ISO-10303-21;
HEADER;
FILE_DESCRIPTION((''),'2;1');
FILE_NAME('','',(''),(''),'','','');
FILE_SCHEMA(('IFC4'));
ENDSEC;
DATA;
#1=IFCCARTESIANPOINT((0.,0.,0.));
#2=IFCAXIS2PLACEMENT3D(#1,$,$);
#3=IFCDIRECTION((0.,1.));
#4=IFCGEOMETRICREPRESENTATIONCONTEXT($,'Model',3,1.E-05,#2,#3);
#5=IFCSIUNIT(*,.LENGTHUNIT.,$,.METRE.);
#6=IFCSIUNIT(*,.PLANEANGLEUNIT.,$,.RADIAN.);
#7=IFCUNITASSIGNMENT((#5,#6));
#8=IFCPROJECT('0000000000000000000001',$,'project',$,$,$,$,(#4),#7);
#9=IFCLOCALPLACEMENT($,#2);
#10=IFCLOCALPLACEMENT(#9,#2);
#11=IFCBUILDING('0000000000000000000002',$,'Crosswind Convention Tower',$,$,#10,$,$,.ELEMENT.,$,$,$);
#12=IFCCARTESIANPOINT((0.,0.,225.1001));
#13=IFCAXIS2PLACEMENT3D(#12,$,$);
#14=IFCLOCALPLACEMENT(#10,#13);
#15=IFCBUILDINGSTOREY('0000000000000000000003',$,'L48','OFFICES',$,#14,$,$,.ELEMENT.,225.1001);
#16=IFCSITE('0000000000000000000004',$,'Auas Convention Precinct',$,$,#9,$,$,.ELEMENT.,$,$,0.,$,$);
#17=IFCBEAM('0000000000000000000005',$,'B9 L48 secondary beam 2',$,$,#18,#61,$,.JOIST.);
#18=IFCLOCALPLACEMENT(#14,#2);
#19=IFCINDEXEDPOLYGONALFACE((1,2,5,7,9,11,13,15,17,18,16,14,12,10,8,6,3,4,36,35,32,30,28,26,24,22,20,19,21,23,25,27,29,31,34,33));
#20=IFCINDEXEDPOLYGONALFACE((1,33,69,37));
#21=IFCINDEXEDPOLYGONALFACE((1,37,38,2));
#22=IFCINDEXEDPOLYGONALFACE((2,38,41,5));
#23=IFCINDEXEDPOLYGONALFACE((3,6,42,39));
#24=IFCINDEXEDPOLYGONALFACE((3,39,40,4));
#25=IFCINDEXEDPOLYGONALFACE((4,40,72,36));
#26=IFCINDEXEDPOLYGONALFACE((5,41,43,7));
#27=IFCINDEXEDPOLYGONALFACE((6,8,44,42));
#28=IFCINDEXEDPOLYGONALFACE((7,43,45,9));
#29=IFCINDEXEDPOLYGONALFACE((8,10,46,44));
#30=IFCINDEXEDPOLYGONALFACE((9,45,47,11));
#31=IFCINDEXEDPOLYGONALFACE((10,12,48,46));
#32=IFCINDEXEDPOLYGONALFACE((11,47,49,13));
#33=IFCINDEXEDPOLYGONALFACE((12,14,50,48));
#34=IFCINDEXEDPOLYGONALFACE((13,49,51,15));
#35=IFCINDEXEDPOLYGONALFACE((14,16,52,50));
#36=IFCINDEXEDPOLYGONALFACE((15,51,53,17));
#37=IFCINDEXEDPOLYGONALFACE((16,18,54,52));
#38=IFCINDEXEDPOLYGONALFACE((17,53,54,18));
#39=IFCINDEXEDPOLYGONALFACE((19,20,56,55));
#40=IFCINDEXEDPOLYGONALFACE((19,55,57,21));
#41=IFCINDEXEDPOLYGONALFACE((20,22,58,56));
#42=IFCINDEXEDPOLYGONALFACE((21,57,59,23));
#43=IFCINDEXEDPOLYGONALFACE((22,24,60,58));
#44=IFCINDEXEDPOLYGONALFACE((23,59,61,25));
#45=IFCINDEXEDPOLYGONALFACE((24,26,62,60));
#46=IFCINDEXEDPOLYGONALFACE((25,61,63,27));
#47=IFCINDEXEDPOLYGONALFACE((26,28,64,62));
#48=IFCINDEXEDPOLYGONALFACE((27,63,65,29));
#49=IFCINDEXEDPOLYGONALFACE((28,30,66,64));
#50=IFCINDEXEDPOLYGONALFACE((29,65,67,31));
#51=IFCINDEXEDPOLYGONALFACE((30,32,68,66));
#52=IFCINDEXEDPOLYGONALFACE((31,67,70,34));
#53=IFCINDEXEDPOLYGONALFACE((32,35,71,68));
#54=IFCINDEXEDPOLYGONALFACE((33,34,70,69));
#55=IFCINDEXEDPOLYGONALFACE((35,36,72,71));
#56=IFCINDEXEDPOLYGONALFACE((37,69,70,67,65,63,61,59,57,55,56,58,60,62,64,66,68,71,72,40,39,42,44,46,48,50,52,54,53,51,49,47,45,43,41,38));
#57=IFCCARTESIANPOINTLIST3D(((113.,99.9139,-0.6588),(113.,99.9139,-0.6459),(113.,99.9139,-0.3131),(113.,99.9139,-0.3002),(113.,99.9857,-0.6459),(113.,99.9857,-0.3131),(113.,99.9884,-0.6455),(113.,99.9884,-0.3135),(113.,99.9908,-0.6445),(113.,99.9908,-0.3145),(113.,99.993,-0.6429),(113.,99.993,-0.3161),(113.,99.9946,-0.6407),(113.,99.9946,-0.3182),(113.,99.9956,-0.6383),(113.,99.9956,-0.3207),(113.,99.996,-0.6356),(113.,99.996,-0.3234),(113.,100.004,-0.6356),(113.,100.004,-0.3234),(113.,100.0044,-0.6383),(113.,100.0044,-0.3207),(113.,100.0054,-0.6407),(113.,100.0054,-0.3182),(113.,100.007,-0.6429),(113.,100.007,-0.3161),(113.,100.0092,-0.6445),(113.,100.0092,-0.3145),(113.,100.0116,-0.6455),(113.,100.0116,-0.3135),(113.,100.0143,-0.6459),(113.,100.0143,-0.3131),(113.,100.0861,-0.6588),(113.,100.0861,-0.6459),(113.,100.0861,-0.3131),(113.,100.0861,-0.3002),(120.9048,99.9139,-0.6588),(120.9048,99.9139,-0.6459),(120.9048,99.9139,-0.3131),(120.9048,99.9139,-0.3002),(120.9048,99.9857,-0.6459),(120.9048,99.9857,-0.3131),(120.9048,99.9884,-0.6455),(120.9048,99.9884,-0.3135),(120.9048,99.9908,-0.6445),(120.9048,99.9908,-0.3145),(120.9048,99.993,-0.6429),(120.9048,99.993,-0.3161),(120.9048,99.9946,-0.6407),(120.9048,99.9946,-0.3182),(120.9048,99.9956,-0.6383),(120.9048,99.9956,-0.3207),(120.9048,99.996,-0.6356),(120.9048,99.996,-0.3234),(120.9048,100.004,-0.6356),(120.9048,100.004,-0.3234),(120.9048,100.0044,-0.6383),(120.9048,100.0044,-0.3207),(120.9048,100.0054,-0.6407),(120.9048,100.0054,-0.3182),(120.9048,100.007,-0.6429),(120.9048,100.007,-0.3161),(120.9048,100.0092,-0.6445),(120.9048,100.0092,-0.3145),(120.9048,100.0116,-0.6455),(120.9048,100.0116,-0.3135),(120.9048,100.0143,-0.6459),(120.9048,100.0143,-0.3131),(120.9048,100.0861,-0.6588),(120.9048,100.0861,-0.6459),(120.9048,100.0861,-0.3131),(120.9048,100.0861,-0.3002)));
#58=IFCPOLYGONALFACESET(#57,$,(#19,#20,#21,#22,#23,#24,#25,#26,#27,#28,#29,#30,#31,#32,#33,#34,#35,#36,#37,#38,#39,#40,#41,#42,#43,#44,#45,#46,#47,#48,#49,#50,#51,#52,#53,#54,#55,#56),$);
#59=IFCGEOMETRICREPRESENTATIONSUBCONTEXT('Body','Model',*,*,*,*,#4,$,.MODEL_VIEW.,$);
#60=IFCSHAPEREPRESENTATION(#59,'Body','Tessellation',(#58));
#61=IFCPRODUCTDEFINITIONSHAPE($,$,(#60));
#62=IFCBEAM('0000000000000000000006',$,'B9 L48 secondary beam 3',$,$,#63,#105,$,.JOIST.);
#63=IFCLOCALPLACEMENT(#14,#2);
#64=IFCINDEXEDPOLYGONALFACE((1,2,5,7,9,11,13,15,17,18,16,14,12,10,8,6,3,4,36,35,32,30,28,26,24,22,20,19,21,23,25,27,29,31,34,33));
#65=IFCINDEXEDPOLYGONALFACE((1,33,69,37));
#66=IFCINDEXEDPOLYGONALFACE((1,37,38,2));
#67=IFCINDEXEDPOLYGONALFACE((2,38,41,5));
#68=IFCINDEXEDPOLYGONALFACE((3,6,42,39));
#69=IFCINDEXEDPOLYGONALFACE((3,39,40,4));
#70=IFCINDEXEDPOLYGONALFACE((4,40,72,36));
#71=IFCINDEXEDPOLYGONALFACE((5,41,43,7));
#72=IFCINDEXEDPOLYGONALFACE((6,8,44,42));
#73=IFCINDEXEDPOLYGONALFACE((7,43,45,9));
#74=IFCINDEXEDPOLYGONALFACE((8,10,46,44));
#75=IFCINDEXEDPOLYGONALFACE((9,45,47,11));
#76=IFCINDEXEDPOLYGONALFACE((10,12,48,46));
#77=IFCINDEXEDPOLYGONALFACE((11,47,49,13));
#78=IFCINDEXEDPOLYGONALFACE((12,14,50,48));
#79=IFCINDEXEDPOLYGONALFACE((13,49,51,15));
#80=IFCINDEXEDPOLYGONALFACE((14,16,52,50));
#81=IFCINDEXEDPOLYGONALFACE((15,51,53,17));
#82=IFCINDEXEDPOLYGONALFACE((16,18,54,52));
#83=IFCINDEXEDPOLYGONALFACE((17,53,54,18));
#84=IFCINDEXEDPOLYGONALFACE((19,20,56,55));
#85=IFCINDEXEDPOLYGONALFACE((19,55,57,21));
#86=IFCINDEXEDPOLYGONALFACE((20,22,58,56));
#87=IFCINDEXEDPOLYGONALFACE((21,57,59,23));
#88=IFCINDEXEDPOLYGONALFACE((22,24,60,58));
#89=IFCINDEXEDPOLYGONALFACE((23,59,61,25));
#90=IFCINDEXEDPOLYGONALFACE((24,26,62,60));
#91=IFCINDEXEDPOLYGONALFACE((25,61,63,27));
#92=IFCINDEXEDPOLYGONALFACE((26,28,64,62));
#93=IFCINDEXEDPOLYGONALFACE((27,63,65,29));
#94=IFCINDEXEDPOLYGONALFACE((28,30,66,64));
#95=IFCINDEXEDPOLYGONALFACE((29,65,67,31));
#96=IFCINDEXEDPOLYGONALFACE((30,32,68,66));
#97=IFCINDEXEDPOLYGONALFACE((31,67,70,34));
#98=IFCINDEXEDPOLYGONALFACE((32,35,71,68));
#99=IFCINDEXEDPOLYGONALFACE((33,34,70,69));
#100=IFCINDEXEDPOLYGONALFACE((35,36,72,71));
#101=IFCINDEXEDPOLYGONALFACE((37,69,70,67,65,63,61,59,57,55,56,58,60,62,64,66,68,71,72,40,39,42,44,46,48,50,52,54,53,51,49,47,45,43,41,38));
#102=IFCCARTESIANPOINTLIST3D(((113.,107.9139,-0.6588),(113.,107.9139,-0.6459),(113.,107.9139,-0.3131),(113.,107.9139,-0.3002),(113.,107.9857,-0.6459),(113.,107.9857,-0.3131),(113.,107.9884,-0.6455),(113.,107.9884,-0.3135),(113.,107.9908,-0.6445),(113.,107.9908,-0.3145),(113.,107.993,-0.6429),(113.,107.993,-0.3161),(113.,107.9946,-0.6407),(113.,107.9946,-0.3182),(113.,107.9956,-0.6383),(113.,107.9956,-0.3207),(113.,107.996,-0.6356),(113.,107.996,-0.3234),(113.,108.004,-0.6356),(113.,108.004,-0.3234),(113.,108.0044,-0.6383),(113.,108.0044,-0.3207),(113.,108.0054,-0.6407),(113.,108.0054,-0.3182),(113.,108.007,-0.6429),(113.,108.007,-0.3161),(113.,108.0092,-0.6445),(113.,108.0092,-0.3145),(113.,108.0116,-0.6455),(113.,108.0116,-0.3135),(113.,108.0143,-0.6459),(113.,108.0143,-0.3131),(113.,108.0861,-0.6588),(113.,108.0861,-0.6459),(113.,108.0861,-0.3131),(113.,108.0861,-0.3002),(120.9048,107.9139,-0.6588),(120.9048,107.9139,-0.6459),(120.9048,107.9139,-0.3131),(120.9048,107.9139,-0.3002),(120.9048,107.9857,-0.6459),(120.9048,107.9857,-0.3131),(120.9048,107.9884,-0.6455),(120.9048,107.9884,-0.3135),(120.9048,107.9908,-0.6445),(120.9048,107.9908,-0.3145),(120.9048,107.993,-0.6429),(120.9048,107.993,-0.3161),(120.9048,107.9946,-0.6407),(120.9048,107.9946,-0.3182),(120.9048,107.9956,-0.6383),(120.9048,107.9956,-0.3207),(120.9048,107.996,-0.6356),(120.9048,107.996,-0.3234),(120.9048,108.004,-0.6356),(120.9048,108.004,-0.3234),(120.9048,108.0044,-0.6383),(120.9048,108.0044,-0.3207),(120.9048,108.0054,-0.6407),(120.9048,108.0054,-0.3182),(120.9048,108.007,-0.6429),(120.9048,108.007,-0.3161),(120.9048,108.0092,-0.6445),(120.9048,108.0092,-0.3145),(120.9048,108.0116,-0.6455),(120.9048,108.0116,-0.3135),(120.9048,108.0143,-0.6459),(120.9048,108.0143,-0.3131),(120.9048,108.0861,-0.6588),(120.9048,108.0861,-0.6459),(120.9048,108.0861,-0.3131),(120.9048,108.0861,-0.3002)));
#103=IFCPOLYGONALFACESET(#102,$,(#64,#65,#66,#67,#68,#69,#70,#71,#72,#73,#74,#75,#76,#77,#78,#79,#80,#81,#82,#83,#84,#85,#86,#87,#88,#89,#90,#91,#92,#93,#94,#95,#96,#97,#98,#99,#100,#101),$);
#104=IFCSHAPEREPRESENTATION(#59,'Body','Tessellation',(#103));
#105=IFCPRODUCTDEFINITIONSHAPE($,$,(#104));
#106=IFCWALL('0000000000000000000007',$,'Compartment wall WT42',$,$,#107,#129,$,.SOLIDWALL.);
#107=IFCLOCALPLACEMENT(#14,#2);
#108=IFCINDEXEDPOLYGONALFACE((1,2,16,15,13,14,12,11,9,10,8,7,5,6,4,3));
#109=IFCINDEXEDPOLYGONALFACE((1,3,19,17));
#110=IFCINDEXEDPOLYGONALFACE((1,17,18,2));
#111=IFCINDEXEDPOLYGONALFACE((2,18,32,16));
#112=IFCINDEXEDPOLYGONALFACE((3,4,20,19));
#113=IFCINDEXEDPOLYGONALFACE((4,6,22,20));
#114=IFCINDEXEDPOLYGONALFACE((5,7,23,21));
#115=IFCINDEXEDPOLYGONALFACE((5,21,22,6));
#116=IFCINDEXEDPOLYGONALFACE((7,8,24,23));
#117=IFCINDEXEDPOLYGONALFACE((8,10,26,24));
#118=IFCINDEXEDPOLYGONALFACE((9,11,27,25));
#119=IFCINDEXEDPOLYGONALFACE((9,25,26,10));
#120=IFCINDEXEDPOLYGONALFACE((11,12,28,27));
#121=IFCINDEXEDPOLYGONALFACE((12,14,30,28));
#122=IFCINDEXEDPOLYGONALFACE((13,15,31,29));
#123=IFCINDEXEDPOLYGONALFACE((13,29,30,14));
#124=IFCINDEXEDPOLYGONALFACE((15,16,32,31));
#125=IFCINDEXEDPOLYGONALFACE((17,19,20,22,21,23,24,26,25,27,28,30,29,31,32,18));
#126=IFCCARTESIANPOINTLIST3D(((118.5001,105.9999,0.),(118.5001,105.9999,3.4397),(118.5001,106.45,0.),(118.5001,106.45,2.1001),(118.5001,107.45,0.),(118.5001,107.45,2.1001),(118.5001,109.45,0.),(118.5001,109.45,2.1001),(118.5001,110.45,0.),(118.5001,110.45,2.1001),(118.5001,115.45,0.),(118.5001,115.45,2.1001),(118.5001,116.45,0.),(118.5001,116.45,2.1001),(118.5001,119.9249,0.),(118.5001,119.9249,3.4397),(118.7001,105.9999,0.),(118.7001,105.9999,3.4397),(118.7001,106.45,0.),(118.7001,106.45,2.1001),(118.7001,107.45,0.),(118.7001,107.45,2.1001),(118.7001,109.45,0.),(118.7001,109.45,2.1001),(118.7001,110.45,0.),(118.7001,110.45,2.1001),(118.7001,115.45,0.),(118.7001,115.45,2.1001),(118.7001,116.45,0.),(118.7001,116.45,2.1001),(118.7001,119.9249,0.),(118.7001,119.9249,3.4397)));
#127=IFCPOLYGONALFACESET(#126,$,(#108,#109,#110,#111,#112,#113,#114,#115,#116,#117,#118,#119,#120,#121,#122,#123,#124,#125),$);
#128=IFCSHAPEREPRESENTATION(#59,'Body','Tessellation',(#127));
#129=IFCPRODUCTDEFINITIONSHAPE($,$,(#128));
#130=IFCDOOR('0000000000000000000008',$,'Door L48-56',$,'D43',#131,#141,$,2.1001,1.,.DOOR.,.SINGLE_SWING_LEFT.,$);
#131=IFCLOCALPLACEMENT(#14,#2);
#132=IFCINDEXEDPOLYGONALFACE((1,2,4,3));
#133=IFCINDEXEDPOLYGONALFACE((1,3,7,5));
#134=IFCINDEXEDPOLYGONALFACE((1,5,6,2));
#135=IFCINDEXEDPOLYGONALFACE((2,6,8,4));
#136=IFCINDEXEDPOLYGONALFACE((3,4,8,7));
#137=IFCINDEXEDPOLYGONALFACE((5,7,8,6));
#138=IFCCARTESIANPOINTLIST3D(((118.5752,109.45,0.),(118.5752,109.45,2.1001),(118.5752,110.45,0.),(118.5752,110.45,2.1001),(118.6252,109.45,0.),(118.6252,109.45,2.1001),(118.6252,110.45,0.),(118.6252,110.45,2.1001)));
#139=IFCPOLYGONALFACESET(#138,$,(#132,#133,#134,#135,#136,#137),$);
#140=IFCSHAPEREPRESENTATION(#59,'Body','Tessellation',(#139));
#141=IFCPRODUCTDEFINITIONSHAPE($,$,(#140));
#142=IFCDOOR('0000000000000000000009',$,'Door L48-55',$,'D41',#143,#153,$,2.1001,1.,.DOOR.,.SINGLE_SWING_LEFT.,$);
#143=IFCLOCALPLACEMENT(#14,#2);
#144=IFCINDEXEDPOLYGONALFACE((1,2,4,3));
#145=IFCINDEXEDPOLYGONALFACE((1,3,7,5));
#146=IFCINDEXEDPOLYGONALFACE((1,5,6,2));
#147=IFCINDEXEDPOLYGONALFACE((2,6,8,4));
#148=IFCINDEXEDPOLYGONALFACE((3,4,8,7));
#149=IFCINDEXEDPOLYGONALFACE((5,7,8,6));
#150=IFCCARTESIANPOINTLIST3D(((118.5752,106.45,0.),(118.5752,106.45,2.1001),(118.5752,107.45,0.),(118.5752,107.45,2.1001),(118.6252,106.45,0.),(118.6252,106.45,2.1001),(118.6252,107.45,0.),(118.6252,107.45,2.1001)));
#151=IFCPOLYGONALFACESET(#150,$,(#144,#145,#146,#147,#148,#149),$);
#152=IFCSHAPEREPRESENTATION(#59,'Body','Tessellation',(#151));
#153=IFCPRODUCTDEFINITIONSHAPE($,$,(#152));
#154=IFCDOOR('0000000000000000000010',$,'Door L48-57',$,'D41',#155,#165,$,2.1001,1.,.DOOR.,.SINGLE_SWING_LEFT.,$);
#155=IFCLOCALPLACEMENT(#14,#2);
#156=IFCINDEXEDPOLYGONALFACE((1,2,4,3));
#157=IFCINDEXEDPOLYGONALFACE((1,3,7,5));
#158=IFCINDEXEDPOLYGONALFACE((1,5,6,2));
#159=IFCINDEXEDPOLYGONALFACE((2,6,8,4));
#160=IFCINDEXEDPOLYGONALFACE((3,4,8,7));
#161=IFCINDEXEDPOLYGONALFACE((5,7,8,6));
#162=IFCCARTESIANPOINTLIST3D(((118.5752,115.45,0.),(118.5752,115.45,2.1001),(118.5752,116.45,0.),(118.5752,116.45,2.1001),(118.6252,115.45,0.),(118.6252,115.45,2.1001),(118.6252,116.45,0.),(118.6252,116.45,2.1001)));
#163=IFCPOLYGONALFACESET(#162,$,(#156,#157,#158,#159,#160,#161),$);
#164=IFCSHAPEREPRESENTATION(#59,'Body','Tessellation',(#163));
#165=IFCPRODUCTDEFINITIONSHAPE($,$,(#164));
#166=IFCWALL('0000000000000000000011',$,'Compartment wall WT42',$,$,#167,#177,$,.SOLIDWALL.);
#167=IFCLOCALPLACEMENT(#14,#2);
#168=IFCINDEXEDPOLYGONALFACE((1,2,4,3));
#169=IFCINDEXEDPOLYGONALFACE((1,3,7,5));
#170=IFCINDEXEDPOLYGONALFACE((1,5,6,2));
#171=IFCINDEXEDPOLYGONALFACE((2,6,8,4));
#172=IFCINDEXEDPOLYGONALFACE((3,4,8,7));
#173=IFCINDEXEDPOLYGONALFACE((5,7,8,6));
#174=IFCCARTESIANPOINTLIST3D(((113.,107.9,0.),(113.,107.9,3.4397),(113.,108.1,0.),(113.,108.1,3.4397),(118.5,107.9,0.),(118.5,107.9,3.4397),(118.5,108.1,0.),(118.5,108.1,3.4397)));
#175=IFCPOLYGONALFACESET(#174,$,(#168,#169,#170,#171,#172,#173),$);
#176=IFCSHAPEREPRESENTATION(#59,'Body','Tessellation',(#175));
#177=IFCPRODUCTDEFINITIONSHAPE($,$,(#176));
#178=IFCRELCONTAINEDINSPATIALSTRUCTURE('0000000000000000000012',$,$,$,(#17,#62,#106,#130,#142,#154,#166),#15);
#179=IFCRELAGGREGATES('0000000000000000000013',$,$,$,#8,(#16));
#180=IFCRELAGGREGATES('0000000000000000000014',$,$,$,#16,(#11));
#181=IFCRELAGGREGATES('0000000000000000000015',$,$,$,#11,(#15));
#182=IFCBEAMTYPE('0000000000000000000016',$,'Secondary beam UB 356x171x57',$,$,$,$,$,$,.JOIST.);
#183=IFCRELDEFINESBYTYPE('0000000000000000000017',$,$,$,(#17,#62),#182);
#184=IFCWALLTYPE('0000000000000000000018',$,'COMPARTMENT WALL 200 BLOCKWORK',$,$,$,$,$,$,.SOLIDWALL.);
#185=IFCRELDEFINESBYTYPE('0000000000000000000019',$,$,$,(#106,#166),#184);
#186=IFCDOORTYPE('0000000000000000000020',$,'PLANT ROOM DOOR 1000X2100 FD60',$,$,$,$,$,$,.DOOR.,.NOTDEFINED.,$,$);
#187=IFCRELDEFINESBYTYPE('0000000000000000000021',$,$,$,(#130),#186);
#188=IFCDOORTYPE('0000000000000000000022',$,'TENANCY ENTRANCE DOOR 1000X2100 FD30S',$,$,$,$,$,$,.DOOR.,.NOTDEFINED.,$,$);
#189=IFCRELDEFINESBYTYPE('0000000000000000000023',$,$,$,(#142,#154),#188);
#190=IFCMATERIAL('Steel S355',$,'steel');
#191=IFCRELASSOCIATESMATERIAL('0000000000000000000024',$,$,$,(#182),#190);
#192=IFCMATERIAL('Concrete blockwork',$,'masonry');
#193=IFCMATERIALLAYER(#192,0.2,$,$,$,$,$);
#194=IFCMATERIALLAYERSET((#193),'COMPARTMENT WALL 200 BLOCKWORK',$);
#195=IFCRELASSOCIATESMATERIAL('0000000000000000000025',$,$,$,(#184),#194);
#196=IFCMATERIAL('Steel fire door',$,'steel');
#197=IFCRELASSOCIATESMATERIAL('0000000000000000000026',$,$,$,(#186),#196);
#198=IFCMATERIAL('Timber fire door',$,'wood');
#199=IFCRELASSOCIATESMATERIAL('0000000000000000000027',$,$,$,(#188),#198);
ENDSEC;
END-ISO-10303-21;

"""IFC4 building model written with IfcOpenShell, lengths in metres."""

from ifc_helpers import new_model, si_unit, direction, frame, frame_2d, origin, origin_2d, place, context, subcontext, project, spatial, rectangle, i_section, extrude, material, layer, layer_set, material_profile, profile_set, type_object, element, fill, save


model = new_model("IFC4")

# Units and contexts
model_context = context("Model", 3, precision=1e-05, world=origin(), true_north=direction((0.0, 1.0)))
body_context = subcontext(model_context, "Body", "Model", "MODEL_VIEW")
ifc_project = project(units=[si_unit("LENGTHUNIT", "METRE"), si_unit("PLANEANGLEUNIT", "RADIAN")], contexts=[model_context])

# Site, building, storey
site_placement = place(None, origin())
site = spatial("IfcSite", under=ifc_project, at=site_placement, Name="Auas Convention Precinct", CompositionType="ELEMENT", RefElevation=0.0)
building_placement = place(site_placement, origin())
building = spatial("IfcBuilding", under=site, at=building_placement, Name="Crosswind Convention Tower", CompositionType="ELEMENT")
storey_placement = place(building_placement, frame((0.0, 0.0, 225.1001)))
storey = spatial("IfcBuildingStorey", under=building, at=storey_placement, Name="L48", Description="OFFICES", CompositionType="ELEMENT", Elevation=225.1001)

# Beams
ifc_material_1 = material(Name="Steel S355", Category="steel")
ifc_material_profile_1 = material_profile(ifc_material_1, i_section(OverallWidth=0.1721, OverallDepth=0.3586, WebThickness=0.0081, FlangeThickness=0.0129, FilletRadius=0.0103, at=origin_2d()), Name="UB 356x171x57")
ifc_profile_set_1 = profile_set([ifc_material_profile_1], Name="Steel S355")
beam_type_1 = type_object("IfcBeamType", Name="Secondary beam UB 356x171x57", PredefinedType="JOIST", material=ifc_profile_set_1)
for number, where, z_axis, x_axis, name in (
    (1, (113.0, 100.0, -0.4795), (1.0, 0.0, 0.0), (0.0, 1.0, 0.0), "B9 L48 secondary beam 2"),
    (2, (113.0, 108.0, -0.4795), (1.0, 0.0, 0.0), (0.0, 1.0, 0.0), "B9 L48 secondary beam 3"),
):
    element("IfcBeam", number, at=place(storey_placement, frame(where, z_axis=z_axis, x_axis=x_axis)), inside=storey, type_object=beam_type_1, Name=name, PredefinedType="JOIST", context=body_context, shape_type="SweptSolid", body=[
        extrude(i_section(OverallWidth=0.1721, OverallDepth=0.3586, WebThickness=0.0081, FlangeThickness=0.0129, FilletRadius=0.0103, at=origin_2d()), origin(), (0.0, 0.0, 1.0), 7.9048),
    ])

# Wall, openings, doors
ifc_material_2 = material(Name="Concrete blockwork", Category="masonry")
ifc_layer_1 = layer(ifc_material_2, 0.2)
ifc_layer_set_1 = layer_set([ifc_layer_1], Name="COMPARTMENT WALL 200 BLOCKWORK")
wall_type_1 = type_object("IfcWallType", Name="COMPARTMENT WALL 200 BLOCKWORK", PredefinedType="SOLIDWALL", material=ifc_layer_set_1)
wall_1_placement = place(storey_placement, frame((118.6001, 106.0, 0.0), z_axis=(0.0, 0.0, 1.0), x_axis=(0.0, 1.0, 0.0)))
wall_1 = element("IfcWall", 3, at=wall_1_placement, inside=storey, type_object=wall_type_1, Name="Compartment wall WT42", PredefinedType="SOLIDWALL", context=body_context, shape_type="SweptSolid", body=[
    extrude(rectangle(XDim=13.925, YDim=0.2, at=frame_2d((6.9624, 0.0))), origin(), (0.0, 0.0, 1.0), 3.4397),
])
opening_1_placement = place(wall_1_placement, frame((0.45, 0.0, 0.0)))
opening_1 = element("IfcOpeningElement", 4, at=opening_1_placement, cuts=wall_1, PredefinedType="OPENING", context=body_context, shape_type="SweptSolid", body=[
    extrude(rectangle(XDim=1.0, YDim=2.1001, at=frame_2d((0.5, 1.05))), frame((0.0, 0.1099, 0.0), z_axis=(0.0, -1.0, 0.0), x_axis=(1.0, 0.0, 0.0)), (0.0, 0.0, 1.0), 0.22),
])
opening_2_placement = place(wall_1_placement, frame((3.45, 0.0, 0.0)))
opening_2 = element("IfcOpeningElement", 5, at=opening_2_placement, cuts=wall_1, PredefinedType="OPENING", context=body_context, shape_type="SweptSolid", body=[
    extrude(rectangle(XDim=1.0, YDim=2.1001, at=frame_2d((0.5, 1.05))), frame((0.0, 0.1099, 0.0), z_axis=(0.0, -1.0, 0.0), x_axis=(1.0, 0.0, 0.0)), (0.0, 0.0, 1.0), 0.22),
])
opening_3_placement = place(wall_1_placement, frame((9.45, 0.0, 0.0)))
opening_3 = element("IfcOpeningElement", 6, at=opening_3_placement, cuts=wall_1, PredefinedType="OPENING", context=body_context, shape_type="SweptSolid", body=[
    extrude(rectangle(XDim=1.0, YDim=2.1001, at=frame_2d((0.5, 1.05))), frame((0.0, 0.1099, 0.0), z_axis=(0.0, -1.0, 0.0), x_axis=(1.0, 0.0, 0.0)), (0.0, 0.0, 1.0), 0.22),
])
ifc_material_3 = material(Name="Steel fire door", Category="steel")
door_type_1 = type_object("IfcDoorType", Name="PLANT ROOM DOOR 1000X2100 FD60", OperationType="NOTDEFINED", PredefinedType="DOOR", material=ifc_material_3)
door_1_placement = place(opening_2_placement, origin())
door_1 = element("IfcDoor", 7, at=door_1_placement, inside=storey, type_object=door_type_1, Name="Door L48-56", ObjectType="D43", OperationType="SINGLE_SWING_LEFT", OverallHeight=2.1001, OverallWidth=1.0, PredefinedType="DOOR", context=body_context, shape_type="SweptSolid", body=[
    extrude(rectangle(XDim=1.0, YDim=2.1001, at=frame_2d((0.5, 1.05))), frame((0.0, 0.0249, 0.0), z_axis=(0.0, -1.0, 0.0), x_axis=(1.0, 0.0, 0.0)), (0.0, 0.0, 1.0), 0.05),
])
fill(opening_2, door_1)
ifc_material_4 = material(Name="Timber fire door", Category="wood")
door_type_2 = type_object("IfcDoorType", Name="TENANCY ENTRANCE DOOR 1000X2100 FD30S", OperationType="NOTDEFINED", PredefinedType="DOOR", material=ifc_material_4)
door_2_placement = place(opening_1_placement, origin())
door_2 = element("IfcDoor", 8, at=door_2_placement, inside=storey, type_object=door_type_2, Name="Door L48-55", ObjectType="D41", OperationType="SINGLE_SWING_LEFT", OverallHeight=2.1001, OverallWidth=1.0, PredefinedType="DOOR", context=body_context, shape_type="SweptSolid", body=[
    extrude(rectangle(XDim=1.0, YDim=2.1001, at=frame_2d((0.5, 1.05))), frame((0.0, 0.0249, 0.0), z_axis=(0.0, -1.0, 0.0), x_axis=(1.0, 0.0, 0.0)), (0.0, 0.0, 1.0), 0.05),
])
fill(opening_1, door_2)
door_3_placement = place(opening_3_placement, origin())
door_3 = element("IfcDoor", 9, at=door_3_placement, inside=storey, type_object=door_type_2, Name="Door L48-57", ObjectType="D41", OperationType="SINGLE_SWING_LEFT", OverallHeight=2.1001, OverallWidth=1.0, PredefinedType="DOOR", context=body_context, shape_type="SweptSolid", body=[
    extrude(rectangle(XDim=1.0, YDim=2.1001, at=frame_2d((0.5, 1.05))), frame((0.0, 0.0249, 0.0), z_axis=(0.0, -1.0, 0.0), x_axis=(1.0, 0.0, 0.0)), (0.0, 0.0, 1.0), 0.05),
])
fill(opening_3, door_3)

# Wall
wall_2_placement = place(storey_placement, frame((113.0, 108.0, 0.0), z_axis=(0.0, 0.0, 1.0), x_axis=(1.0, 0.0, 0.0)))
element("IfcWall", 10, at=wall_2_placement, inside=storey, type_object=wall_type_1, Name="Compartment wall WT42", PredefinedType="SOLIDWALL", context=body_context, shape_type="SweptSolid", body=[
    extrude(rectangle(XDim=5.5, YDim=0.2, at=frame_2d((2.75, 0.0))), origin(), (0.0, 0.0, 1.0), 3.4397),
])

save(model, "model.ifc")
